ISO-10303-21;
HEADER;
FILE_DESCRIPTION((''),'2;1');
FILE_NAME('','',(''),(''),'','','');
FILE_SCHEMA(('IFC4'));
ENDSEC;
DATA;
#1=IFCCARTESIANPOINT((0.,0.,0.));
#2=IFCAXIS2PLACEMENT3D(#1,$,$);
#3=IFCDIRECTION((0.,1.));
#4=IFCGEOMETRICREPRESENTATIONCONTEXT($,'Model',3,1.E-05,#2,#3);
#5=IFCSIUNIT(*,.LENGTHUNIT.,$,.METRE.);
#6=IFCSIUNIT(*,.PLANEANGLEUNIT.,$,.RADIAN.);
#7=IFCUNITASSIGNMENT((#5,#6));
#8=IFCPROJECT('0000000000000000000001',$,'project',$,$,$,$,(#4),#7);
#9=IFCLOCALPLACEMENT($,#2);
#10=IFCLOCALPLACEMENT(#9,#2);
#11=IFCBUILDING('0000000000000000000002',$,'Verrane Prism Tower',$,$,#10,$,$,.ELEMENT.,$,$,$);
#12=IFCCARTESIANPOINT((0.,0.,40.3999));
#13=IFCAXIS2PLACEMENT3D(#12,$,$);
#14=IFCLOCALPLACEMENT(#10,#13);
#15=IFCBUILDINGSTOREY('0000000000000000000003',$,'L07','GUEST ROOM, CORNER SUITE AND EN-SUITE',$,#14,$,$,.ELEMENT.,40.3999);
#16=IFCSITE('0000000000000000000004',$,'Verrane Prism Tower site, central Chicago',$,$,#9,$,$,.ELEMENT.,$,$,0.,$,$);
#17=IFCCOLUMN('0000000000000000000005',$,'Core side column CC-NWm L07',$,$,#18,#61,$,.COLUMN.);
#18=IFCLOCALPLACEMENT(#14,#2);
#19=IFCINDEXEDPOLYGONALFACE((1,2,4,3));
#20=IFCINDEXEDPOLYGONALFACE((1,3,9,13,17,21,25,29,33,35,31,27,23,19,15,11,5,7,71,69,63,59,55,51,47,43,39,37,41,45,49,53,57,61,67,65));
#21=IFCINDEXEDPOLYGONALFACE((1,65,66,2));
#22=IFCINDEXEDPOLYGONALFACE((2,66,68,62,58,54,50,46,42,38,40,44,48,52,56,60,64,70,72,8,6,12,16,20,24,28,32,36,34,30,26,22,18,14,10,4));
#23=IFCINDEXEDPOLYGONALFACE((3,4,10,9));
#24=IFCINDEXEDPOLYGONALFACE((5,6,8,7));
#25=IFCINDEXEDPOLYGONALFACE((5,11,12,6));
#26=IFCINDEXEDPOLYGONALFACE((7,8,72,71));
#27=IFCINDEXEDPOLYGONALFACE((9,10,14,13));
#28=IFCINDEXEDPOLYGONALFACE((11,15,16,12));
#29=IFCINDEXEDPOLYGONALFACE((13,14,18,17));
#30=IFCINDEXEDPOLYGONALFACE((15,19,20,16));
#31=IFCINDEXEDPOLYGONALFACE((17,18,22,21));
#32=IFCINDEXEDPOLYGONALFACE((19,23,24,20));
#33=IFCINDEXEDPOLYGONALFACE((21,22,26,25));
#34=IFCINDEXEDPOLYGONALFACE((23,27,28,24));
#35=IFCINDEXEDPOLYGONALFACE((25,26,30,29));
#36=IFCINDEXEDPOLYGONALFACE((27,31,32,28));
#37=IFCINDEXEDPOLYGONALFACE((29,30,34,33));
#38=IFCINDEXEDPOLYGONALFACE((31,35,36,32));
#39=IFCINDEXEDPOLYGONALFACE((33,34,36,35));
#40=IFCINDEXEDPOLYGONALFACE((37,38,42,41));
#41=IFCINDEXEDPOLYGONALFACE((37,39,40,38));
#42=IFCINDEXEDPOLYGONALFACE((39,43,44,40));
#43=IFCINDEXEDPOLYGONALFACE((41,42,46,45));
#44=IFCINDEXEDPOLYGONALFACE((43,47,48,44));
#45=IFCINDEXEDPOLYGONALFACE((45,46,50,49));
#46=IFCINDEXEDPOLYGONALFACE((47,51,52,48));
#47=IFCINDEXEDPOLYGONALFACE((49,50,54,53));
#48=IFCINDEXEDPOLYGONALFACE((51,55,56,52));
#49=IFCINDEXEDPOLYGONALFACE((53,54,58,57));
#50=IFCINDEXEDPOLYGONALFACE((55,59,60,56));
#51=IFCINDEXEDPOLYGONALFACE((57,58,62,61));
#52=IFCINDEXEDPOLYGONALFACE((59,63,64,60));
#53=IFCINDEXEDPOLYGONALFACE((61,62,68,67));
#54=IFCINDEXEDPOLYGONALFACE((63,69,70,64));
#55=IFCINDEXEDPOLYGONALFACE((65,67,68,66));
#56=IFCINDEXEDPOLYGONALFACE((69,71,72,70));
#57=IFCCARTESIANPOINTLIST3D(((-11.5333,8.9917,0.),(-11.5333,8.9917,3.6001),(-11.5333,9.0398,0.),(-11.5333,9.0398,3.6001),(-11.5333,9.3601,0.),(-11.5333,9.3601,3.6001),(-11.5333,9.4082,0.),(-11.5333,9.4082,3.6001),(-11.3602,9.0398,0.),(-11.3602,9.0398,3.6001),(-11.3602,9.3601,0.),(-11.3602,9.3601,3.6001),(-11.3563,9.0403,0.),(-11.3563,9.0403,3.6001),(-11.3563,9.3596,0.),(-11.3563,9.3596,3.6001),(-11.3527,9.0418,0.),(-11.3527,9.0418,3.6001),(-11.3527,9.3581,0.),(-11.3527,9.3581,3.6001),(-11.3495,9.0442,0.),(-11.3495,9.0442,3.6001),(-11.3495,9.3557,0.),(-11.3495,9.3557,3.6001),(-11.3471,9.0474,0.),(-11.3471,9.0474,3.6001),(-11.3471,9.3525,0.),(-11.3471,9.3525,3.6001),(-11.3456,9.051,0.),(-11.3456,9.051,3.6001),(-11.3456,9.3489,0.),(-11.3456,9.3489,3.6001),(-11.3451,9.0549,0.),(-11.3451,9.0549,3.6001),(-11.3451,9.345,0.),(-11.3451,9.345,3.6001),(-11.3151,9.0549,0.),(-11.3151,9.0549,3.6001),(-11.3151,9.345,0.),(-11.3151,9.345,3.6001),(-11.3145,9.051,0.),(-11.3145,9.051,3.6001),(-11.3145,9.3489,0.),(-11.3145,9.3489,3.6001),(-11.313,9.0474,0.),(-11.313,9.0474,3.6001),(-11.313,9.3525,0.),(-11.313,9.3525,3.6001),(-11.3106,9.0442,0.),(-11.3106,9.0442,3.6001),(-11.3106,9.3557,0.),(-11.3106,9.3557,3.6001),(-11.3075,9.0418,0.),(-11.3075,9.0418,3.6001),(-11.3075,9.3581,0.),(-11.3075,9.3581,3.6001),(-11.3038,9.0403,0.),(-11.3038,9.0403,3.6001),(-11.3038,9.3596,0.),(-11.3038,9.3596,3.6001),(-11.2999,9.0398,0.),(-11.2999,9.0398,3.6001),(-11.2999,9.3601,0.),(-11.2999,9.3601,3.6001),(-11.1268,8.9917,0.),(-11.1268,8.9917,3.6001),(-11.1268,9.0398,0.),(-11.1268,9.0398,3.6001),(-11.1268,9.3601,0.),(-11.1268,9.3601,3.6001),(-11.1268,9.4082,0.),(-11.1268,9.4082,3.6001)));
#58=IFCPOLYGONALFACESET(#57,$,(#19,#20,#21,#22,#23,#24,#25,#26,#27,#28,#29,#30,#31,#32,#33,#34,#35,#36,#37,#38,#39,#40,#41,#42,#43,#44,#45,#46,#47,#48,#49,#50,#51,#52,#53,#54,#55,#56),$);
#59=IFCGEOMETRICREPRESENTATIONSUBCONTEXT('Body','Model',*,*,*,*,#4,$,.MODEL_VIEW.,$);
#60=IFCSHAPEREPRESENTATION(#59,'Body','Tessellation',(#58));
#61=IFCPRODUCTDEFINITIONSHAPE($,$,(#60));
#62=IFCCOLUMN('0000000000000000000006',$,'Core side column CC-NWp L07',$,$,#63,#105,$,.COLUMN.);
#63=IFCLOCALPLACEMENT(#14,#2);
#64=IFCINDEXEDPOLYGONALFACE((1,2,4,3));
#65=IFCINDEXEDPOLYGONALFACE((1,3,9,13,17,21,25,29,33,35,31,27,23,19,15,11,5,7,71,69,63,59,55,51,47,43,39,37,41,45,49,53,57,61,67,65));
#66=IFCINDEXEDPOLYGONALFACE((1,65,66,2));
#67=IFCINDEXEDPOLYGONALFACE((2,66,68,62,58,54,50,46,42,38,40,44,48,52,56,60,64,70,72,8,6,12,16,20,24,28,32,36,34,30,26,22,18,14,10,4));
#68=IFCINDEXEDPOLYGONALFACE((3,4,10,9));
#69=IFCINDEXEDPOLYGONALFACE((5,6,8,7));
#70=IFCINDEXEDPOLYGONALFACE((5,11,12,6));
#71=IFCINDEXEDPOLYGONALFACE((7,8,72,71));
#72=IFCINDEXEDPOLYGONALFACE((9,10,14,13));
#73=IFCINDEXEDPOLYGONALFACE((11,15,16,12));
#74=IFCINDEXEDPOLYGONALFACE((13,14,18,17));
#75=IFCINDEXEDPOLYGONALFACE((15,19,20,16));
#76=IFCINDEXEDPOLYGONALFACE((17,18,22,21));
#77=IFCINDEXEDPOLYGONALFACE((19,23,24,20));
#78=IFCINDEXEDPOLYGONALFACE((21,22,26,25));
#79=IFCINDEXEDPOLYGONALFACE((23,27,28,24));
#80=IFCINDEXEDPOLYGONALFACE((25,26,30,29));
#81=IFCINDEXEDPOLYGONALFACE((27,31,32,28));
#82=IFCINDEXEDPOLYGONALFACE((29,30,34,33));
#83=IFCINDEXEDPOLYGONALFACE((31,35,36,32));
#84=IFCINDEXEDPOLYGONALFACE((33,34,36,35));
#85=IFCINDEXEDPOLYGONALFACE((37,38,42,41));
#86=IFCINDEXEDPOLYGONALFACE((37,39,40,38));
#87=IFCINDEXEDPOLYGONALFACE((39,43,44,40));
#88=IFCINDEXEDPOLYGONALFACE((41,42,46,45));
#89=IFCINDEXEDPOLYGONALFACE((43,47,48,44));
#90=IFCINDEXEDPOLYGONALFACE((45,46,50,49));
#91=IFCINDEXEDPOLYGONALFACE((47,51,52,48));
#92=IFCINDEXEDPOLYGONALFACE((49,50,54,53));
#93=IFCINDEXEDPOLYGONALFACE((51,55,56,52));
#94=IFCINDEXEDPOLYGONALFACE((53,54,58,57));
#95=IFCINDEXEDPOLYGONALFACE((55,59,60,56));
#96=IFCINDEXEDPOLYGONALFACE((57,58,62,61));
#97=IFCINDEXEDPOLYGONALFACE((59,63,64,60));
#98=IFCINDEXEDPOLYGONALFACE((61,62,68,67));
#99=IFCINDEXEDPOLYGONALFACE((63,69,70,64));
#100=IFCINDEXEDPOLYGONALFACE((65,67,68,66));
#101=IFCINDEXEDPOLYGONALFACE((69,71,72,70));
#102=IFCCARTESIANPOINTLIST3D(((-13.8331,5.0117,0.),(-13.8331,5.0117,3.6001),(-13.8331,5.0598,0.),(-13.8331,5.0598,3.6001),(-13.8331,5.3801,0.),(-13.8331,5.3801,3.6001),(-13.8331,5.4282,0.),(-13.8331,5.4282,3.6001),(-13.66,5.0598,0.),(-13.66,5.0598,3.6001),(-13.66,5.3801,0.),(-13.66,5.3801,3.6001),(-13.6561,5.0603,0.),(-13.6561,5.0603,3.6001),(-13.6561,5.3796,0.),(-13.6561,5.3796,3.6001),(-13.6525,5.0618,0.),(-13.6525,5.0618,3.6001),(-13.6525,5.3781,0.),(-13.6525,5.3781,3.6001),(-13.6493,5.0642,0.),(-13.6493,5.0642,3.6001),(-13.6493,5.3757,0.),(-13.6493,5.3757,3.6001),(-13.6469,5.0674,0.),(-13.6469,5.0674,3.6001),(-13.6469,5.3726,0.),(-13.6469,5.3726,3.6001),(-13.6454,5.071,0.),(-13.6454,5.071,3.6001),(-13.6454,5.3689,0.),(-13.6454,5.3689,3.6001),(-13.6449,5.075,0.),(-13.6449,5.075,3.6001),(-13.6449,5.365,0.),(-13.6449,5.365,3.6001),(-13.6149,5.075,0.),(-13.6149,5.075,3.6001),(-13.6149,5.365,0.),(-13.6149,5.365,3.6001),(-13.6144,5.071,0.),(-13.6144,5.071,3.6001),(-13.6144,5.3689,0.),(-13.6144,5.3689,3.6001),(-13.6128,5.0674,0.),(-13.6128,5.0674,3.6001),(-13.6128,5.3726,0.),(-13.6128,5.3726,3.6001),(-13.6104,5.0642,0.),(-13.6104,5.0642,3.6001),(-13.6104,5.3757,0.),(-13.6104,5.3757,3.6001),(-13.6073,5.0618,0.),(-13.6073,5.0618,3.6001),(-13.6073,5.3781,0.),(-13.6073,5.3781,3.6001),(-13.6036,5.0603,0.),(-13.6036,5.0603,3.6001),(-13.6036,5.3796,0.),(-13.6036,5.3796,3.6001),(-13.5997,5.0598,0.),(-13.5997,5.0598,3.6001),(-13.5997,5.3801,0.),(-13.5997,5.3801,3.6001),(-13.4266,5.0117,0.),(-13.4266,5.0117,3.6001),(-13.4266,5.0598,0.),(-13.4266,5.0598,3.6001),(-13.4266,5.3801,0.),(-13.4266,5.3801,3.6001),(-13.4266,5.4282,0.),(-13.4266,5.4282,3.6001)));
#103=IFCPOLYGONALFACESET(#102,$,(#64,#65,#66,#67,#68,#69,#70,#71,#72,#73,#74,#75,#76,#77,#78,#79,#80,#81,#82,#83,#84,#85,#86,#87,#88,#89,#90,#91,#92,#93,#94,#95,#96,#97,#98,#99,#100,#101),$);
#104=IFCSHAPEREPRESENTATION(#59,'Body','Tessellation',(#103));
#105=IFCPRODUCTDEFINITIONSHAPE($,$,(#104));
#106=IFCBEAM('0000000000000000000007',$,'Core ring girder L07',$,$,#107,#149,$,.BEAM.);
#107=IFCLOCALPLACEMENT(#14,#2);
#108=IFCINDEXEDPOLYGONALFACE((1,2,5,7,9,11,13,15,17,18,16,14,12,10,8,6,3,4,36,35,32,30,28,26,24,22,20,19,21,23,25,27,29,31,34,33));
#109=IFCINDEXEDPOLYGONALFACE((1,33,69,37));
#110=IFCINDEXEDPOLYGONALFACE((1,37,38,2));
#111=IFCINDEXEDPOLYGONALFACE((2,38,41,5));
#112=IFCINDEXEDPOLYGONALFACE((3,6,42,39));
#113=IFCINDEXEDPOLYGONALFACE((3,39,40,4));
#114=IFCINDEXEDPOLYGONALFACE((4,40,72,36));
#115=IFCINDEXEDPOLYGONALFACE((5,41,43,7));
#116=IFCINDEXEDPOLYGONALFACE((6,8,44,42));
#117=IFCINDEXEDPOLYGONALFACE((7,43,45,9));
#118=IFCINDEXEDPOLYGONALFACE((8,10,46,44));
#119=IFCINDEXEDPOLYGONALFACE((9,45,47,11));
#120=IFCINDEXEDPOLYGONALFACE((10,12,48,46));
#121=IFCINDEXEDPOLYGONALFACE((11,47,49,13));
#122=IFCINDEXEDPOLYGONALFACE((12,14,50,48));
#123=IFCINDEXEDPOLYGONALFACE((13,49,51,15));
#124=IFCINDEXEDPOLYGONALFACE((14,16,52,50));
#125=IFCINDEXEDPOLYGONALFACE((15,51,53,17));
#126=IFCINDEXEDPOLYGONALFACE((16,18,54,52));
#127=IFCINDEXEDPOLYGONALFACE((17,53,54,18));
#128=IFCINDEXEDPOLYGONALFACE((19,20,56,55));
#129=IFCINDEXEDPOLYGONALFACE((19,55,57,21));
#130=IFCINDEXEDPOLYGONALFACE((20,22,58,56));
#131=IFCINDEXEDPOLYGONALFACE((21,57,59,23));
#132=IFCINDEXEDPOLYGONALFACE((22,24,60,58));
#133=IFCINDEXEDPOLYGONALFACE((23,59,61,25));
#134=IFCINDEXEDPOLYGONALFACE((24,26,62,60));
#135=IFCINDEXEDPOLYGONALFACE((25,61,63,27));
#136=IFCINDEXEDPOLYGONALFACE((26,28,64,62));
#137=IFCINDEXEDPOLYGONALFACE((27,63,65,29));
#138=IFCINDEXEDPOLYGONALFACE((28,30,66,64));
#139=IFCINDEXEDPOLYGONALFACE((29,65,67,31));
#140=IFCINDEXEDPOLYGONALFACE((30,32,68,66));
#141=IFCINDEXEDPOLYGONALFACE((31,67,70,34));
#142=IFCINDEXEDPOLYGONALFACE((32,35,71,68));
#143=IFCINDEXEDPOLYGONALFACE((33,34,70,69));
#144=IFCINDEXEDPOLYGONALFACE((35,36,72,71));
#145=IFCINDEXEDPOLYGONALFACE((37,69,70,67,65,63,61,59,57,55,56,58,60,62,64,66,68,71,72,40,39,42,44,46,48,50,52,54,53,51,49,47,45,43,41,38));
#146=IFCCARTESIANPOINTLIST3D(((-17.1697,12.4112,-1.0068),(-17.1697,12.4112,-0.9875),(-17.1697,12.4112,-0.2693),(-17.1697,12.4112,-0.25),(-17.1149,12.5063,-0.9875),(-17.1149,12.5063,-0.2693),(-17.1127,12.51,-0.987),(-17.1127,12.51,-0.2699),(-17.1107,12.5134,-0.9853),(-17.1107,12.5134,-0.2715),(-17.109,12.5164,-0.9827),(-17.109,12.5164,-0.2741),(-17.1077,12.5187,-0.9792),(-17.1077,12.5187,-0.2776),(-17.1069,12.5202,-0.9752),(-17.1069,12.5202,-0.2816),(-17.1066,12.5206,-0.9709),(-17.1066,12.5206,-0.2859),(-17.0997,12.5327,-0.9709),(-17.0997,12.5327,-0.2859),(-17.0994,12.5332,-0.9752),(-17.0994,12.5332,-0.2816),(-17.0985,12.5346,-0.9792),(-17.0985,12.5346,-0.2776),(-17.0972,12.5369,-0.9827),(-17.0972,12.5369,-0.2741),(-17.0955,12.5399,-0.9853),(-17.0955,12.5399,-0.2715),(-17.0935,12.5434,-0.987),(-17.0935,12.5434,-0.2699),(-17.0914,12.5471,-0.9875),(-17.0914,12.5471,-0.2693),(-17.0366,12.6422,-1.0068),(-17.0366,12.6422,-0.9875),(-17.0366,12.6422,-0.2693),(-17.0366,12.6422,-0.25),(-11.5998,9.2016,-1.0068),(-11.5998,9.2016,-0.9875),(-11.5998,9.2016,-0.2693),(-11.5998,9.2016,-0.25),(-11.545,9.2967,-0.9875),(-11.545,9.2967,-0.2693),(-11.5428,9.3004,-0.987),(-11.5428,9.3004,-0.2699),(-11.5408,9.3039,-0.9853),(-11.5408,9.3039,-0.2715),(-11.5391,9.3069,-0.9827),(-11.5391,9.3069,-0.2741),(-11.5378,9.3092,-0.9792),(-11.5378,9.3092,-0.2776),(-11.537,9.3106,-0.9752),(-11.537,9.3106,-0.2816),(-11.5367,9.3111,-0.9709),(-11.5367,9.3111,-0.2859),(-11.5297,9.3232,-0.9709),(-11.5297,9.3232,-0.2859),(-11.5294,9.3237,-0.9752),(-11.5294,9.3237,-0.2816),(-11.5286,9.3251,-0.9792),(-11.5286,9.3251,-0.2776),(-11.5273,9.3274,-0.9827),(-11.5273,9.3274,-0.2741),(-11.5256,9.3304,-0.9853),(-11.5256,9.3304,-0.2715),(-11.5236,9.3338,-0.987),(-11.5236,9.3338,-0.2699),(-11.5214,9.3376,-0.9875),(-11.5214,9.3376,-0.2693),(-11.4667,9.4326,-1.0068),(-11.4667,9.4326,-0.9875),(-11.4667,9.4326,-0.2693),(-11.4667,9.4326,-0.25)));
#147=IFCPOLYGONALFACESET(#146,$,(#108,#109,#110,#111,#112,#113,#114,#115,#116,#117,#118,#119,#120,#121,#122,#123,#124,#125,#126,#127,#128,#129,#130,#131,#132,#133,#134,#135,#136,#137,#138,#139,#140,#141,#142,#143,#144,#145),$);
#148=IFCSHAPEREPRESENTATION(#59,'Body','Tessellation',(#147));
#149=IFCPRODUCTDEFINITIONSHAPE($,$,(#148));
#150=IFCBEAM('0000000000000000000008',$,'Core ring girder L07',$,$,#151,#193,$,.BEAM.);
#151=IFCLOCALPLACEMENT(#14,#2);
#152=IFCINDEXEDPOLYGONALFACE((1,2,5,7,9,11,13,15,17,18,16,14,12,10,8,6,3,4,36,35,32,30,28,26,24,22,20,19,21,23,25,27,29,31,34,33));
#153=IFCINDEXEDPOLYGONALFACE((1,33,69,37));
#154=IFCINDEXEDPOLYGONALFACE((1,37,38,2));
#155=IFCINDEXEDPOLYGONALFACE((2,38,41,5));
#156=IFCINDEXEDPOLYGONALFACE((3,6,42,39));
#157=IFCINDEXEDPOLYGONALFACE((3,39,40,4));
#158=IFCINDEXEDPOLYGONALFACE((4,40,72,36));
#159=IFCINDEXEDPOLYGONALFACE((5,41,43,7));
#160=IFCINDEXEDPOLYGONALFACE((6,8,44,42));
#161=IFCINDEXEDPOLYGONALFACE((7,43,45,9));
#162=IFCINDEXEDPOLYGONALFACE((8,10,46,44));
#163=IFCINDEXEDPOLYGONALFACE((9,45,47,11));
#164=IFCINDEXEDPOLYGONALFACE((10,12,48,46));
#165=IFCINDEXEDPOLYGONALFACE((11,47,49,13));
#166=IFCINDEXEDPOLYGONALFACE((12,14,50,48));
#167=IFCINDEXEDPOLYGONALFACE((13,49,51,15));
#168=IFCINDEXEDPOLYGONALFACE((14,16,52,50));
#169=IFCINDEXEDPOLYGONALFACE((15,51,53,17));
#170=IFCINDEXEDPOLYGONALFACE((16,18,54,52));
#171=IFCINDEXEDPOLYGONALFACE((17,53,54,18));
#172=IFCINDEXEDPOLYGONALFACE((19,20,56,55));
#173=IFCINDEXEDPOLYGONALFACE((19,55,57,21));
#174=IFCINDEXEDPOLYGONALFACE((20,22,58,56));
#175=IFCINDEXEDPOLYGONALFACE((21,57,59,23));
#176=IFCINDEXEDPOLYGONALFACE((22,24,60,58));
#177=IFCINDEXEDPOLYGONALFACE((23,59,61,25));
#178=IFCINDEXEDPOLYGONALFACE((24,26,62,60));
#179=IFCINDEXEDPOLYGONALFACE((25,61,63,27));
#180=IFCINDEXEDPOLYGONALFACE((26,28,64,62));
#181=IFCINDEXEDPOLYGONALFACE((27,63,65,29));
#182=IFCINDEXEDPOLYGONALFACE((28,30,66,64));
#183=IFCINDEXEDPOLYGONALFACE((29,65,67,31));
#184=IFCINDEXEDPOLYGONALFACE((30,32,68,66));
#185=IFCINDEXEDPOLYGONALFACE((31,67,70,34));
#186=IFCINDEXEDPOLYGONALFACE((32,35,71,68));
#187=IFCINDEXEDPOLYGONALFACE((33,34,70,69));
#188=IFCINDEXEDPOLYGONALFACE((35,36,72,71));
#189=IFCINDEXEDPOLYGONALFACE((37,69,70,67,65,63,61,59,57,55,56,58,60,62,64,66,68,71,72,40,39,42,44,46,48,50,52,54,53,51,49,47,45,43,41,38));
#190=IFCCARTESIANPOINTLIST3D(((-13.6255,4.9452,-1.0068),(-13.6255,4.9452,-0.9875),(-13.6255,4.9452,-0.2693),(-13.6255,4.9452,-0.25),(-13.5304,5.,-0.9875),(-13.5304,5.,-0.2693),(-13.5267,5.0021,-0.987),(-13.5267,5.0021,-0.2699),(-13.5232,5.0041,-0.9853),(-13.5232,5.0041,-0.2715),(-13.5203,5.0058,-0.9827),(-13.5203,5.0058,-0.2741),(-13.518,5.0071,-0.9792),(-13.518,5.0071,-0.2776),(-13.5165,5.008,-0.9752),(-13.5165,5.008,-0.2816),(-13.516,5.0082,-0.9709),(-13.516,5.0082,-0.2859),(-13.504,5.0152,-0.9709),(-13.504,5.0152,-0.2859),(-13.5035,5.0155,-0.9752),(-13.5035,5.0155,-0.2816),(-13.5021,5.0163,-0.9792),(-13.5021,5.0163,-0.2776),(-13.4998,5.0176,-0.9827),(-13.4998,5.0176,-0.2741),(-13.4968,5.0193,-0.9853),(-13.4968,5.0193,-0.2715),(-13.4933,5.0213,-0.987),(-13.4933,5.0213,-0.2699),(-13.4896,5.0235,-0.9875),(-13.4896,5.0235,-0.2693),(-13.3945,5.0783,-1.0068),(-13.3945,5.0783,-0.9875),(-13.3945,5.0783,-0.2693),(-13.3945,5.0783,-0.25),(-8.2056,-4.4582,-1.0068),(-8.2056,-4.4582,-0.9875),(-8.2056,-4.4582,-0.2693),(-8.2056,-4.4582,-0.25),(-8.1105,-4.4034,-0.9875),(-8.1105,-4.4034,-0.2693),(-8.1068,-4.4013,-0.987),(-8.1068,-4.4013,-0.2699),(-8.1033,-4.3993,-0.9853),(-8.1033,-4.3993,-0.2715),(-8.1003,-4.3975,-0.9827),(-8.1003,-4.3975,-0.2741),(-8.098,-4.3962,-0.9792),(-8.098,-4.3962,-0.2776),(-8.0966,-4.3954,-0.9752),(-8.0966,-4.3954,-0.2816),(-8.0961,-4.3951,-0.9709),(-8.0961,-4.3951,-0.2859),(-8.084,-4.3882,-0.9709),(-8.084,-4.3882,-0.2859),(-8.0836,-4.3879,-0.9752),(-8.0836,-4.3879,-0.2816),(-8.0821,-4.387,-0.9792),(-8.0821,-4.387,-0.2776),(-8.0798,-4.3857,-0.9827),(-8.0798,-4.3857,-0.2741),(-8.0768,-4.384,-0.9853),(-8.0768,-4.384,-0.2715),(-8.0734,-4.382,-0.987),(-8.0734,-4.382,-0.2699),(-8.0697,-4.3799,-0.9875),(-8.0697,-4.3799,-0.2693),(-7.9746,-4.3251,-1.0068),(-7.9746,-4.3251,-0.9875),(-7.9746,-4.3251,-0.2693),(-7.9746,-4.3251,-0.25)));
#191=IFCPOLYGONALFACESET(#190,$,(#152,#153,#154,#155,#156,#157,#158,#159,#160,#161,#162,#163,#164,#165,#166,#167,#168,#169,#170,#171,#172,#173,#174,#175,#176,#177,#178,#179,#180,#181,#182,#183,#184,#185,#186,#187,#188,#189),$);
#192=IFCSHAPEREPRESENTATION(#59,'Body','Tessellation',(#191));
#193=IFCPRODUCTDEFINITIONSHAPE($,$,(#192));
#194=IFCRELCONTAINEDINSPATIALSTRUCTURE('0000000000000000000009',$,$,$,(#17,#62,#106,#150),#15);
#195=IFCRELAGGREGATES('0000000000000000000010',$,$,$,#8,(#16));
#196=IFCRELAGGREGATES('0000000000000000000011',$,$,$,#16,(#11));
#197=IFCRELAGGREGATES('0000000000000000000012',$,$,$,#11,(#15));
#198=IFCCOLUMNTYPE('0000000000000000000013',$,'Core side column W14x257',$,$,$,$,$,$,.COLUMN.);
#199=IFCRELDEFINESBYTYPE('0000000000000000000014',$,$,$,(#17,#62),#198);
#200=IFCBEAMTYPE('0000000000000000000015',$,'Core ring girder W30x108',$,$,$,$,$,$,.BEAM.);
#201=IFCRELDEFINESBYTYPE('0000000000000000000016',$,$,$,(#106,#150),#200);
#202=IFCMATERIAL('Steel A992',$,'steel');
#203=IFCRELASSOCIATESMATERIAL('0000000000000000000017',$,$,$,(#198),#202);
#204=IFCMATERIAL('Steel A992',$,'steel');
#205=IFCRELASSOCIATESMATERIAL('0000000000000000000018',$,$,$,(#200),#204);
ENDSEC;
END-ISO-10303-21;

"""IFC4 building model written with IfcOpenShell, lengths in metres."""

from ifc_helpers import new_model, si_unit, direction, frame, origin, origin_2d, place, context, subcontext, project, spatial, i_section, extrude, material, material_profile, profile_set, type_object, element, save


model = new_model("IFC4")

# Units and contexts
model_context = context("Model", 3, precision=1e-05, world=origin(), true_north=direction((0.0, 1.0)))
body_context = subcontext(model_context, "Body", "Model", "MODEL_VIEW")
ifc_project = project(units=[si_unit("LENGTHUNIT", "METRE"), si_unit("PLANEANGLEUNIT", "RADIAN")], contexts=[model_context])

# Site, building, storey
site_placement = place(None, origin())
site = spatial("IfcSite", under=ifc_project, at=site_placement, Name="Verrane Prism Tower site, central Chicago", CompositionType="ELEMENT", RefElevation=0.0)
building_placement = place(site_placement, origin())
building = spatial("IfcBuilding", under=site, at=building_placement, Name="Verrane Prism Tower", CompositionType="ELEMENT")
storey_placement = place(building_placement, frame((0.0, 0.0, 40.3999)))
storey = spatial("IfcBuildingStorey", under=building, at=storey_placement, Name="L07", Description="GUEST ROOM, CORNER SUITE AND EN-SUITE", CompositionType="ELEMENT", Elevation=40.3999)

# Columns
ifc_material_1 = material(Name="Steel A992", Category="steel")
ifc_material_profile_1 = material_profile(ifc_material_1, i_section(OverallWidth=0.4065, OverallDepth=0.4165, WebThickness=0.03, FlangeThickness=0.0481, FilletRadius=0.0151, at=origin_2d()), Name="W14x257")
ifc_profile_set_1 = profile_set([ifc_material_profile_1], Name="Steel A992")
column_type = type_object("IfcColumnType", Name="Core side column W14x257", PredefinedType="COLUMN", material=ifc_profile_set_1)
for number, where, z_axis, x_axis, name in (
    (1, (-11.3301, 9.2, 0.0), (0.0, 0.0, 1.0), (1.0, 0.0, 0.0), "Core side column CC-NWm L07"),
    (2, (-13.6299, 5.22, 0.0), (0.0, 0.0, 1.0), (1.0, 0.0, 0.0), "Core side column CC-NWp L07"),
):
    element("IfcColumn", number, at=place(storey_placement, frame(where, z_axis=z_axis, x_axis=x_axis)), inside=storey, type_object=column_type, Name=name, PredefinedType="COLUMN", context=body_context, shape_type="SweptSolid", body=[
        extrude(i_section(OverallWidth=0.4065, OverallDepth=0.4165, WebThickness=0.03, FlangeThickness=0.0481, FilletRadius=0.0151, at=origin_2d()), origin(), (0.0, 0.0, 1.0), 3.6001),
    ])

# Beams
ifc_material_2 = material(Name="Steel A992", Category="steel")
ifc_material_profile_2 = material_profile(ifc_material_2, i_section(OverallWidth=0.2666, OverallDepth=0.7568, WebThickness=0.0139, FlangeThickness=0.0193, FilletRadius=0.0166, at=origin_2d()), Name="W30x108")
ifc_profile_set_2 = profile_set([ifc_material_profile_2], Name="Steel A992")
beam_type = type_object("IfcBeamType", Name="Core ring girder W30x108", PredefinedType="BEAM", material=ifc_profile_set_2)
beam_1_placement = place(storey_placement, frame((-11.5332, 9.3171, -0.6284), z_axis=(-0.866447, 0.499269, 0.0), x_axis=(-0.499269, -0.866447, 0.0)))
element("IfcBeam", 3, at=beam_1_placement, inside=storey, type_object=beam_type, Name="Core ring girder L07", PredefinedType="BEAM", context=body_context, shape_type="SweptSolid", body=[
    extrude(i_section(OverallWidth=0.2666, OverallDepth=0.7568, WebThickness=0.0139, FlangeThickness=0.0193, FilletRadius=0.0166, at=origin_2d()), origin(), (0.0, 0.0, 1.0), 6.4285),
])
beam_2_placement = place(storey_placement, frame((-13.51, 5.0117, -0.6284), z_axis=(0.499372, -0.866388, 0.0), x_axis=(0.866388, 0.499372, 0.0)))
element("IfcBeam", 4, at=beam_2_placement, inside=storey, type_object=beam_type, Name="Core ring girder L07", PredefinedType="BEAM", context=body_context, shape_type="SweptSolid", body=[
    extrude(i_section(OverallWidth=0.2666, OverallDepth=0.7568, WebThickness=0.0139, FlangeThickness=0.0193, FilletRadius=0.0166, at=origin_2d()), origin(), (0.0, 0.0, 1.0), 10.8535),
])

save(model, "model.ifc")
